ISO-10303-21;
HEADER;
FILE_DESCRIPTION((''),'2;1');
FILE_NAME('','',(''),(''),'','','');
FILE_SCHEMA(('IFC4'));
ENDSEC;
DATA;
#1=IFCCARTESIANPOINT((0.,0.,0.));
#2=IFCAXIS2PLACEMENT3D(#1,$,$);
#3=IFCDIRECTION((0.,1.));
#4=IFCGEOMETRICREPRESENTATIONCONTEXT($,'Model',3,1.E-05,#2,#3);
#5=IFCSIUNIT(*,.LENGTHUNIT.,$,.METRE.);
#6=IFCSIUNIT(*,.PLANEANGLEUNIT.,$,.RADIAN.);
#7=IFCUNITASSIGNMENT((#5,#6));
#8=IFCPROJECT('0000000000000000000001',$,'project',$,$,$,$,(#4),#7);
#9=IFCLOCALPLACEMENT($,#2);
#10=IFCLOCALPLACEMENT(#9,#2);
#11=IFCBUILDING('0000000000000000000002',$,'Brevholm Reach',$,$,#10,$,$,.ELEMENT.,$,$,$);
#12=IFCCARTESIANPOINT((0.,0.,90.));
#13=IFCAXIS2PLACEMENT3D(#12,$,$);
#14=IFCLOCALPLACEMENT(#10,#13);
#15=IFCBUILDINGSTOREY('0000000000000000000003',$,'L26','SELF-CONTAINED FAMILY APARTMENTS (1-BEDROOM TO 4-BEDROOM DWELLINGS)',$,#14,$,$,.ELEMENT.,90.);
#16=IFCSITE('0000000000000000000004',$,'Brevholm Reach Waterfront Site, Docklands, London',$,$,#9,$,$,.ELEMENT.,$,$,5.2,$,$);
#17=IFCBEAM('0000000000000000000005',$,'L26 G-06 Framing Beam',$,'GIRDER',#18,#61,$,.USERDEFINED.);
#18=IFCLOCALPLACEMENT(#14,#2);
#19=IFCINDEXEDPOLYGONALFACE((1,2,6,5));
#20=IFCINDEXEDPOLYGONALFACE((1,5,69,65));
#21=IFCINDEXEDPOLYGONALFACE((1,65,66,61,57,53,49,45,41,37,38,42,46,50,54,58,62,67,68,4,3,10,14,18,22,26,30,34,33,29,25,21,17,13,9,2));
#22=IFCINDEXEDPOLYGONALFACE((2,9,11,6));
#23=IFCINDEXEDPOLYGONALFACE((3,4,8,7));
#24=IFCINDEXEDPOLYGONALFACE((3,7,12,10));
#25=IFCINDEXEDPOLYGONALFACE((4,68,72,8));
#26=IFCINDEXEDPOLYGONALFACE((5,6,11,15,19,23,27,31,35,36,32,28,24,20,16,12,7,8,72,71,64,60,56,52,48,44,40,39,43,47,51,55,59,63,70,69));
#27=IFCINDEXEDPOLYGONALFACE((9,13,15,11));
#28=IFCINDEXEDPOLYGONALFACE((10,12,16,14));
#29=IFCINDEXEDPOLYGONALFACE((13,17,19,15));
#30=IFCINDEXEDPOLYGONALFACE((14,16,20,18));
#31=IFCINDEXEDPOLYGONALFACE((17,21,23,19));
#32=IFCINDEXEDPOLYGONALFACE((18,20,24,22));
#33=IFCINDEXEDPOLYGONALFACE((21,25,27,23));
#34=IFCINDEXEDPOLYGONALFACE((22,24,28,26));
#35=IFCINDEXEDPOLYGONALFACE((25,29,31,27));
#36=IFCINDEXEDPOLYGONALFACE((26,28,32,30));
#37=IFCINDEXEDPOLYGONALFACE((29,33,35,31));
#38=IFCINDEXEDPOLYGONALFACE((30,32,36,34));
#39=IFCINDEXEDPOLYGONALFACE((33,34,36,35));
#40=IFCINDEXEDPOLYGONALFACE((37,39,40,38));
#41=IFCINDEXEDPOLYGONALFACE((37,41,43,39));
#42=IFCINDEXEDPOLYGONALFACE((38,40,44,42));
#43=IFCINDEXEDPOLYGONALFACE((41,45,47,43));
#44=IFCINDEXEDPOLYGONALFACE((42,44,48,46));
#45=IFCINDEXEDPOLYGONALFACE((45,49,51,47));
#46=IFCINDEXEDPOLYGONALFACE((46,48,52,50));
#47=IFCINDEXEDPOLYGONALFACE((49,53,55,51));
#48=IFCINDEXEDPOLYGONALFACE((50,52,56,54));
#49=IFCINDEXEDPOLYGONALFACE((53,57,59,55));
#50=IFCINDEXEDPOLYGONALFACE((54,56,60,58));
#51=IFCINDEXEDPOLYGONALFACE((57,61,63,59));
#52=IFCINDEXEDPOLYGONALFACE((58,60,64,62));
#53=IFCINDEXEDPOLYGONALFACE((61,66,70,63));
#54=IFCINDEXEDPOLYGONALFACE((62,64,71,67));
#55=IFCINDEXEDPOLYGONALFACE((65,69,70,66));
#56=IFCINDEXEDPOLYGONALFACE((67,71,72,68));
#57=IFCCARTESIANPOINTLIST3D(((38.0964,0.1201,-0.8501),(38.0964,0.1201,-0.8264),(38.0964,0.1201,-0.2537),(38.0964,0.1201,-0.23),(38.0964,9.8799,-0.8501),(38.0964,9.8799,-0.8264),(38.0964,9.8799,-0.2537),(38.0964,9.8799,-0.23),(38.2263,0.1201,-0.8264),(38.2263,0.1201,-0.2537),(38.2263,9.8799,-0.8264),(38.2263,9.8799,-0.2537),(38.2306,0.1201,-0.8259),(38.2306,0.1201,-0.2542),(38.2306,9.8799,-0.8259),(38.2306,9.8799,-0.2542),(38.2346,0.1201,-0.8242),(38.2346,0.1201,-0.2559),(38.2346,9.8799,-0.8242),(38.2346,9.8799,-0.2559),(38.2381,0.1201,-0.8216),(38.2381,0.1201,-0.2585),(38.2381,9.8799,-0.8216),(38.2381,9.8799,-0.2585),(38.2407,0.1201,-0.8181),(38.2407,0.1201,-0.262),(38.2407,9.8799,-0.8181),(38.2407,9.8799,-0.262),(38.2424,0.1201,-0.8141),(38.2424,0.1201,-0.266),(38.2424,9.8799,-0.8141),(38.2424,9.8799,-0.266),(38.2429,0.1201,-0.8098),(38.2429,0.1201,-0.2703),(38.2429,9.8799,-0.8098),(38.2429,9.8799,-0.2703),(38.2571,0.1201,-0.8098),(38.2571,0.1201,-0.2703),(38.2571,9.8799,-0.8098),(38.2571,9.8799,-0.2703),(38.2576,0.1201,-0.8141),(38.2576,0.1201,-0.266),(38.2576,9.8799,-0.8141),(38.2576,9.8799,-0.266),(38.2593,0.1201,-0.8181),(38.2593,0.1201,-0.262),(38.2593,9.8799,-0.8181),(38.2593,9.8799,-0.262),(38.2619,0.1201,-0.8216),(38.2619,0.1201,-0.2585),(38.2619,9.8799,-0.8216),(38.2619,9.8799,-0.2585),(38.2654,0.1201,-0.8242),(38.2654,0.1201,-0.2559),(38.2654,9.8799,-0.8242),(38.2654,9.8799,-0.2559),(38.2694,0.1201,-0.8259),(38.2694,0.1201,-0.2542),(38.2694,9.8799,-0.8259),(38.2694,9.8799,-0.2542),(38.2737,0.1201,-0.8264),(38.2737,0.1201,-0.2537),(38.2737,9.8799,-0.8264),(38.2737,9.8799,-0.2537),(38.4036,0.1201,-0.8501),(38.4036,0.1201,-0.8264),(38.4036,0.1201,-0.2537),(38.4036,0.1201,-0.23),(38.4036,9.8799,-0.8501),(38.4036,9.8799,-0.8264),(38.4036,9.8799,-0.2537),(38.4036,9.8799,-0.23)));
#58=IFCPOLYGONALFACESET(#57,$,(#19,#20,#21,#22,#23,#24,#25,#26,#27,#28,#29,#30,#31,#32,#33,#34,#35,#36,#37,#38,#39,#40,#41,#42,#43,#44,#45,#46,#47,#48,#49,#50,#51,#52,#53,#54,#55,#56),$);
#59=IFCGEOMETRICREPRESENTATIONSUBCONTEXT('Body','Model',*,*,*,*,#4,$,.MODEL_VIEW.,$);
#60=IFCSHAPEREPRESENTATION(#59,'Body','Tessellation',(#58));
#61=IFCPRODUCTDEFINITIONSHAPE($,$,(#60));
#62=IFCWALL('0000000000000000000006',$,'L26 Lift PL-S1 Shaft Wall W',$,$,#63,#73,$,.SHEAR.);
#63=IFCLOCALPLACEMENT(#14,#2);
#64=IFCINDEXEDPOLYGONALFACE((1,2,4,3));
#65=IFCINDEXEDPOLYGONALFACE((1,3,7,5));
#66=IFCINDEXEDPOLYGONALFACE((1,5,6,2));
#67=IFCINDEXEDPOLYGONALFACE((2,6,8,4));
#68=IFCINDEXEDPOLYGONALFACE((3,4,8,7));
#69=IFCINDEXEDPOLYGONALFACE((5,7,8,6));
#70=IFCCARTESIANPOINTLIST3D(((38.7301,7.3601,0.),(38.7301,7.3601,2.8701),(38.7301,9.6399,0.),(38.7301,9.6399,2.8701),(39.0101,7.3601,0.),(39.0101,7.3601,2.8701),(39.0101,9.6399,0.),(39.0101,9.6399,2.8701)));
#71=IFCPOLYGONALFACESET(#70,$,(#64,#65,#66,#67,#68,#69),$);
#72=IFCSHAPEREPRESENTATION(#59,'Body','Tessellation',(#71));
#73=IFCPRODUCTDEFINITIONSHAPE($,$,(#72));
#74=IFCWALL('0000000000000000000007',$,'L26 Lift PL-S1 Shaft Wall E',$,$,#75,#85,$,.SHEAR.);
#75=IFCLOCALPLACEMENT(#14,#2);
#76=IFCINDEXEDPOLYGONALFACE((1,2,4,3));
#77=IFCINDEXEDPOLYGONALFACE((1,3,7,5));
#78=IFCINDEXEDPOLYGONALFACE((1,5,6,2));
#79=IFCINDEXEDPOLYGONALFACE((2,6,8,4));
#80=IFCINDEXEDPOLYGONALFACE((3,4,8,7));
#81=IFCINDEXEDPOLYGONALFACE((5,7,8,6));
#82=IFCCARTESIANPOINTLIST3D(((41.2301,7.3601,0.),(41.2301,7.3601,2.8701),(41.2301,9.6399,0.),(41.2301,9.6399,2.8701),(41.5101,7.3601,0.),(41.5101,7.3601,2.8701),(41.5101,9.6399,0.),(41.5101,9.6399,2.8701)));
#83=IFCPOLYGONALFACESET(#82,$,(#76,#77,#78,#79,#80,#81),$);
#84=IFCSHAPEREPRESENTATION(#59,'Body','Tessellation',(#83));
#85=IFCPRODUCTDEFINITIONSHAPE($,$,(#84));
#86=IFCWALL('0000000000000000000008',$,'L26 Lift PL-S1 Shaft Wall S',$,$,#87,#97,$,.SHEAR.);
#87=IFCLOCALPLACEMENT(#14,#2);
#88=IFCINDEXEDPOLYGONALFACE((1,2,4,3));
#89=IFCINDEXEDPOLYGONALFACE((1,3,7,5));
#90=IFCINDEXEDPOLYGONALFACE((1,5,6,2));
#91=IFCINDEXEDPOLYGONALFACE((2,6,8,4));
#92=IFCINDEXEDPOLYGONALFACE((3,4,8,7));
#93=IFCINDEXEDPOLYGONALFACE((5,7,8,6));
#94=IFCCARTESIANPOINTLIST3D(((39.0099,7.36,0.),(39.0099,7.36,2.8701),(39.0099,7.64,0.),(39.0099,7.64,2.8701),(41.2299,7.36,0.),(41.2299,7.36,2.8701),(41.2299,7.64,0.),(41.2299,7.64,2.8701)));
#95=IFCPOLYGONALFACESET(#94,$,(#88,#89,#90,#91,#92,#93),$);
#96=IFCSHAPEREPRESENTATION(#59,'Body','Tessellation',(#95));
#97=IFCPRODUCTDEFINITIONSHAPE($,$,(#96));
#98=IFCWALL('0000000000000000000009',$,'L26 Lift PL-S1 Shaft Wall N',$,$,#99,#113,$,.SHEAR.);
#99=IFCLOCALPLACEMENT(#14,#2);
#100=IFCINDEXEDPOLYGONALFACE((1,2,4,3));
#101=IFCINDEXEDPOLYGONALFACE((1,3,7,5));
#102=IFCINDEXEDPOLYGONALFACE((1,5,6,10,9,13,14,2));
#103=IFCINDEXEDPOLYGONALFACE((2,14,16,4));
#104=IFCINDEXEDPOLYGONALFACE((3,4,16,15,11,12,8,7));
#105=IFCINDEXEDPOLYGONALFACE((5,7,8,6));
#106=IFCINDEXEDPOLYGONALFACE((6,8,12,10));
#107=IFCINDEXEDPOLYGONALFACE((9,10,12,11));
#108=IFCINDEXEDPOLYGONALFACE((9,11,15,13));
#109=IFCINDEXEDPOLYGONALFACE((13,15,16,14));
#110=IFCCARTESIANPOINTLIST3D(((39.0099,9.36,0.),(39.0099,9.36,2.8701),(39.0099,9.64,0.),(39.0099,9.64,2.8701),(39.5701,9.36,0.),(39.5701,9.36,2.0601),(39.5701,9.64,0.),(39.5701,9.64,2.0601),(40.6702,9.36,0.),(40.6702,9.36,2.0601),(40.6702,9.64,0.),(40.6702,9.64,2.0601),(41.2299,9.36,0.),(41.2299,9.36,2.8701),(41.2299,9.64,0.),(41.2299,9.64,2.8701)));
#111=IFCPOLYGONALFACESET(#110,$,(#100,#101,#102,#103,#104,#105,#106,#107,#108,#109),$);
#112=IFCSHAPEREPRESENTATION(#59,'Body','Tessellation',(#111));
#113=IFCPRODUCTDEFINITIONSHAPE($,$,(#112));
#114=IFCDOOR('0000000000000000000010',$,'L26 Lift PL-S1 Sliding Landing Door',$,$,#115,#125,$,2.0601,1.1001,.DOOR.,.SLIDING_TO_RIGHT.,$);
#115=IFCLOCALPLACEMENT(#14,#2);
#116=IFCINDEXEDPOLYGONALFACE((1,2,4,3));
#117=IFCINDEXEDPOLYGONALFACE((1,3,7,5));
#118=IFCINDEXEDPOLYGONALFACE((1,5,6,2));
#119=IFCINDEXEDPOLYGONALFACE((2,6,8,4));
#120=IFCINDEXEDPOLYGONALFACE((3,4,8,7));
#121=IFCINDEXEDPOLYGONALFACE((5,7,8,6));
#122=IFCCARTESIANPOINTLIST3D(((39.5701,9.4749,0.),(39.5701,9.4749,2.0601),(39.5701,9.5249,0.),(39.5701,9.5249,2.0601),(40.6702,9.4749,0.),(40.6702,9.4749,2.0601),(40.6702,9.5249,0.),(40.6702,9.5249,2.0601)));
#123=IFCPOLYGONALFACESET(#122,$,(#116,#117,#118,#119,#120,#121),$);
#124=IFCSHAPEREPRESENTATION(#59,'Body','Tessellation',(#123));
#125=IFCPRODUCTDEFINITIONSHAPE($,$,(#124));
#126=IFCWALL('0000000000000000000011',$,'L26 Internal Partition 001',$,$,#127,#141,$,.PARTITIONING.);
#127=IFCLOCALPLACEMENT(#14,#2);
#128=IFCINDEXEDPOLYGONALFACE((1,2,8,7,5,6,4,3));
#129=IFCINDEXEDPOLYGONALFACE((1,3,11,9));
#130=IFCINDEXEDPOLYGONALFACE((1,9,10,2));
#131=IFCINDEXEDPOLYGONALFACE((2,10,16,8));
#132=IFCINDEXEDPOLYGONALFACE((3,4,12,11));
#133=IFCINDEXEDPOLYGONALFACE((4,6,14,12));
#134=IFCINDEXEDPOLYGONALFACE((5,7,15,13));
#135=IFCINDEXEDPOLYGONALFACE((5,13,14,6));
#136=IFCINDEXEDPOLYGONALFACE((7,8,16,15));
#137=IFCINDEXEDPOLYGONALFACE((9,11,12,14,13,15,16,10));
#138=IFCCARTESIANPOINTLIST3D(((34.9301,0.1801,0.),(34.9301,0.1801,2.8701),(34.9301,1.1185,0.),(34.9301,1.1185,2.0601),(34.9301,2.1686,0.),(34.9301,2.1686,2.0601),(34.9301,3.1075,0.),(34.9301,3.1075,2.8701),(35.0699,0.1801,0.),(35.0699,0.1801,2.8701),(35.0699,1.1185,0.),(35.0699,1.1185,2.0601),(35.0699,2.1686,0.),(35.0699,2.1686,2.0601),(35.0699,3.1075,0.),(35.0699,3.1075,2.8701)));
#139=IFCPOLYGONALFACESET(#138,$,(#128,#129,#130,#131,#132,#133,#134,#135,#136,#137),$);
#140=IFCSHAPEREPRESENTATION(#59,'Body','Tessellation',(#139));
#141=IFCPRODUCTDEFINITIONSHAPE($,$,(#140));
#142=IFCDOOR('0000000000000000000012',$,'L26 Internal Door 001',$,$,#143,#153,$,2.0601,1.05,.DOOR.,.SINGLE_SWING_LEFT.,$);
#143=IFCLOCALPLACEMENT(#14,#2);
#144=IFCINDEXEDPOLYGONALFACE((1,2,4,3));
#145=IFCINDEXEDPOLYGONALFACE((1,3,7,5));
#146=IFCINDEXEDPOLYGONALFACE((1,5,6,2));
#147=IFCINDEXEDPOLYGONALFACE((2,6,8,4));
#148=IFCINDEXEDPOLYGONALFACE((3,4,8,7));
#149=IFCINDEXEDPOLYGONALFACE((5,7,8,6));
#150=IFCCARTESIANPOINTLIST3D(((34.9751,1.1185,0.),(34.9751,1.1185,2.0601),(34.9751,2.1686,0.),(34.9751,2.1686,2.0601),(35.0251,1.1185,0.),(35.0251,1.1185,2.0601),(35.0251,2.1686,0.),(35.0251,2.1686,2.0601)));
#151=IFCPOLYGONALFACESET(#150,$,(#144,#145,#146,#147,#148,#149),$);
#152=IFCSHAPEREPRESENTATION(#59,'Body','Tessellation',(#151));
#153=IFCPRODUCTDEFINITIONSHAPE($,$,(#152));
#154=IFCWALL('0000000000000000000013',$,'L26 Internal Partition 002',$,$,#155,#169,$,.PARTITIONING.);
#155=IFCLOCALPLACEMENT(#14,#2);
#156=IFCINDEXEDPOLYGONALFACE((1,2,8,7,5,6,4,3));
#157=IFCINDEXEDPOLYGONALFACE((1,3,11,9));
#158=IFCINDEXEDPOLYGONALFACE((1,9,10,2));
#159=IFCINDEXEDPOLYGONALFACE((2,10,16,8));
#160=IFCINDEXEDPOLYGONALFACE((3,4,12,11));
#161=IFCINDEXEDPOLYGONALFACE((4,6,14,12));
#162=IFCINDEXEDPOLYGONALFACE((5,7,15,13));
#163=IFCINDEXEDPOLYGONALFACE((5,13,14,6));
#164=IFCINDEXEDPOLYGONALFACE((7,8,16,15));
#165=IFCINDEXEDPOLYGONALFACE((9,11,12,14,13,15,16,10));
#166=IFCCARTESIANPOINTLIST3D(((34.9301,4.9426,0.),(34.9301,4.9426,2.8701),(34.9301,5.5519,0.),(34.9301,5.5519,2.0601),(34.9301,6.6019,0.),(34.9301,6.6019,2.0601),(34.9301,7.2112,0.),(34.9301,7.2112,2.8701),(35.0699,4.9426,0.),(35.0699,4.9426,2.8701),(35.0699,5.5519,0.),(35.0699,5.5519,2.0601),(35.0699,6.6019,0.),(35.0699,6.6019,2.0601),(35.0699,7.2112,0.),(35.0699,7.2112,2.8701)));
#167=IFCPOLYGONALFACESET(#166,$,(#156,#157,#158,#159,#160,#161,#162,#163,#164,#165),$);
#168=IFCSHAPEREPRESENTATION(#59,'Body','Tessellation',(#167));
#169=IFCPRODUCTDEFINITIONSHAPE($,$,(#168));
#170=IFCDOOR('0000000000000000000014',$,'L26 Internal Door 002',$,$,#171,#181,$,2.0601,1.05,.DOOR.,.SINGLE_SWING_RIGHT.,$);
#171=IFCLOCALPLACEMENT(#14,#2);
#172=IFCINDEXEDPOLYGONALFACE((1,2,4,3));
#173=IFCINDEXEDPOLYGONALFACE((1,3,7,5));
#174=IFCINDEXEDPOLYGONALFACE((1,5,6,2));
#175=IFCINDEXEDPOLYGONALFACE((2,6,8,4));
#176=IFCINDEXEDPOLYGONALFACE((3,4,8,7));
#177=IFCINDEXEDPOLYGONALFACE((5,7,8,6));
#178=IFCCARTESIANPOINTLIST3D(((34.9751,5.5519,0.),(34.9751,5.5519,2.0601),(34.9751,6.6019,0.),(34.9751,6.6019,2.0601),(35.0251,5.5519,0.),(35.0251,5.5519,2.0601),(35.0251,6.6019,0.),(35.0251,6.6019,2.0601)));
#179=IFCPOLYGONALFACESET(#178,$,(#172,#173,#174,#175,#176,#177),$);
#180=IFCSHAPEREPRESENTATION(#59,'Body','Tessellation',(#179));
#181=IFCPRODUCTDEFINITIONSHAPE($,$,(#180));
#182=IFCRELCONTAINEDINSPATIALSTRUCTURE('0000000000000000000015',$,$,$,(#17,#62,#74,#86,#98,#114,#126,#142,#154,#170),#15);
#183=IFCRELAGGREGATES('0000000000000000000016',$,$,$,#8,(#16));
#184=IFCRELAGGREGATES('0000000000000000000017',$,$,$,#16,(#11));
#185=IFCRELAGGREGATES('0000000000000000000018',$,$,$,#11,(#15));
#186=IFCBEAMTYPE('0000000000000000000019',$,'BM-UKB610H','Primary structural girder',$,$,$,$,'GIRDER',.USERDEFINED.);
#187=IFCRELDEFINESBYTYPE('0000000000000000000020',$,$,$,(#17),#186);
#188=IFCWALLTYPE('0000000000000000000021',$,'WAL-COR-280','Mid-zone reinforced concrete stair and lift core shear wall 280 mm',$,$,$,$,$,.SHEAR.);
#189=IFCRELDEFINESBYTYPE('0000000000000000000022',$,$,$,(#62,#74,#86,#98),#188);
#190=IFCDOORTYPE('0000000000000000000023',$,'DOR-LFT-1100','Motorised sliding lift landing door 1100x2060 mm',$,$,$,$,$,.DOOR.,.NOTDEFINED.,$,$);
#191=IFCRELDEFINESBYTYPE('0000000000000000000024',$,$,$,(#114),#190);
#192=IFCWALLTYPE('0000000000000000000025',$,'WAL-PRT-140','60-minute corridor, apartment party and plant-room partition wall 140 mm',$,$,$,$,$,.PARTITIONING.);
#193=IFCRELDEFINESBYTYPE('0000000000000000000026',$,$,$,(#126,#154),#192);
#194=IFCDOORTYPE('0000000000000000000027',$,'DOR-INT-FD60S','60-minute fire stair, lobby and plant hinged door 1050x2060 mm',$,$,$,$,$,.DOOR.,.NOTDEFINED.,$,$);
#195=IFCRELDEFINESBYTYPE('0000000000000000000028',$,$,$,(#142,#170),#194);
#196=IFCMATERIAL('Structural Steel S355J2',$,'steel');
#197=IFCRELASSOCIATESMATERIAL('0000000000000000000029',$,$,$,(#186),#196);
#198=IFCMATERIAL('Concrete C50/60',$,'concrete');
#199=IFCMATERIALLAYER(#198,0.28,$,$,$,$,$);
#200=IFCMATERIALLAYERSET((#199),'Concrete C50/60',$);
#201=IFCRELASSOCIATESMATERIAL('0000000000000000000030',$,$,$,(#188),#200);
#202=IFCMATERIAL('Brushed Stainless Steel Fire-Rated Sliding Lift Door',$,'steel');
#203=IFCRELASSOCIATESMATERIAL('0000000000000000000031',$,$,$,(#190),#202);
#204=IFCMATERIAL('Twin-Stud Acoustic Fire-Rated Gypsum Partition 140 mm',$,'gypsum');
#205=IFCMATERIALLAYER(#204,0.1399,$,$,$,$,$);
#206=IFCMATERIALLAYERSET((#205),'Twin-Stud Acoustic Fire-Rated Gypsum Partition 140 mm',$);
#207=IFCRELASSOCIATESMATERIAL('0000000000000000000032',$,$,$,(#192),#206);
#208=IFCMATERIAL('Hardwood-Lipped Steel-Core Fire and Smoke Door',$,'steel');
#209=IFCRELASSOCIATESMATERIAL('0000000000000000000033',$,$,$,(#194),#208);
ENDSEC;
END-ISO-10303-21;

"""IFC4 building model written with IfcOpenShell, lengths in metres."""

from ifc_helpers import new_model, si_unit, direction, frame, frame_2d, origin, origin_2d, place, context, subcontext, project, spatial, rectangle, i_section, extrude, material, layer, layer_set, material_profile, profile_set, type_object, element, fill, save


model = new_model("IFC4")

# Units and contexts
model_context = context("Model", 3, precision=1e-05, world=origin(), true_north=direction((0.0, 1.0)))
body_context = subcontext(model_context, "Body", "Model", "MODEL_VIEW")
ifc_project = project(units=[si_unit("LENGTHUNIT", "METRE"), si_unit("PLANEANGLEUNIT", "RADIAN")], contexts=[model_context])

# Site, building, storey
site_placement = place(None, origin())
site = spatial("IfcSite", under=ifc_project, at=site_placement, Name="Brevholm Reach Waterfront Site, Docklands, London", CompositionType="ELEMENT", RefElevation=5.2)
building_placement = place(site_placement, origin())
building = spatial("IfcBuilding", under=site, at=building_placement, Name="Brevholm Reach", CompositionType="ELEMENT")
storey_placement = place(building_placement, frame((0.0, 0.0, 90.0)))
storey = spatial("IfcBuildingStorey", under=building, at=storey_placement, Name="L26", Description="SELF-CONTAINED FAMILY APARTMENTS (1-BEDROOM TO 4-BEDROOM DWELLINGS)", CompositionType="ELEMENT", Elevation=90.0)

# Beam
ifc_material_1 = material(Name="Structural Steel S355J2", Category="steel")
ifc_material_profile_1 = material_profile(ifc_material_1, i_section(OverallWidth=0.3071, OverallDepth=0.6201, WebThickness=0.0142, FlangeThickness=0.0237, FilletRadius=0.0166, at=origin_2d()), Name="UKB 610x305x179")
ifc_profile_set_1 = profile_set([ifc_material_profile_1], Name="Structural Steel S355J2")
beam_type_1 = type_object("IfcBeamType", Name="BM-UKB610H", Description="Primary structural girder", ElementType="GIRDER", PredefinedType="USERDEFINED", material=ifc_profile_set_1)
beam_1_placement = place(storey_placement, frame((38.25, 0.1201, -0.54), z_axis=(0.0, 1.0, 0.0), x_axis=(-1.0, 0.0, 0.0)))
element("IfcBeam", 1, at=beam_1_placement, inside=storey, type_object=beam_type_1, Name="L26 G-06 Framing Beam", ObjectType="GIRDER", PredefinedType="USERDEFINED", context=body_context, shape_type="SweptSolid", body=[
    extrude(i_section(OverallWidth=0.3071, OverallDepth=0.6201, WebThickness=0.0142, FlangeThickness=0.0237, FilletRadius=0.0166, at=origin_2d()), origin(), (0.0, 0.0, 1.0), 9.7598),
])

# Walls
ifc_material_2 = material(Name="Concrete C50/60", Category="concrete")
ifc_layer_1 = layer(ifc_material_2, 0.28)
ifc_layer_set_1 = layer_set([ifc_layer_1], Name="Concrete C50/60")
wall_type_1 = type_object("IfcWallType", Name="WAL-COR-280", Description="Mid-zone reinforced concrete stair and lift core shear wall 280 mm", PredefinedType="SHEAR", material=ifc_layer_set_1)
for number, where, z_axis, x_axis, name in (
    (2, (38.8701, 7.3601, 0.0), (0.0, 0.0, 1.0), (0.0, 1.0, 0.0), "L26 Lift PL-S1 Shaft Wall W"),
    (3, (41.3701, 7.3601, 0.0), (0.0, 0.0, 1.0), (0.0, 1.0, 0.0), "L26 Lift PL-S1 Shaft Wall E"),
):
    element("IfcWall", number, at=place(storey_placement, frame(where, z_axis=z_axis, x_axis=x_axis)), inside=storey, type_object=wall_type_1, Name=name, PredefinedType="SHEAR", context=body_context, shape_type="SweptSolid", body=[
        extrude(rectangle(XDim=2.2798, YDim=0.28, at=frame_2d((1.1399, 0.0))), origin(), (0.0, 0.0, 1.0), 2.8701),
    ])
wall_1_placement = place(storey_placement, frame((39.01, 7.5, 0.0), z_axis=(0.0, 0.0, 1.0), x_axis=(1.0, 0.0, 0.0)))
element("IfcWall", 4, at=wall_1_placement, inside=storey, type_object=wall_type_1, Name="L26 Lift PL-S1 Shaft Wall S", PredefinedType="SHEAR", context=body_context, shape_type="SweptSolid", body=[
    extrude(rectangle(XDim=2.22, YDim=0.28, at=frame_2d((1.1099, 0.0))), origin(), (0.0, 0.0, 1.0), 2.8701),
])

# Walls, openings, doors
wall_2_placement = place(storey_placement, frame((39.01, 9.5, 0.0), z_axis=(0.0, 0.0, 1.0), x_axis=(1.0, 0.0, 0.0)))
wall_2 = element("IfcWall", 5, at=wall_2_placement, inside=storey, type_object=wall_type_1, Name="L26 Lift PL-S1 Shaft Wall N", PredefinedType="SHEAR", context=body_context, shape_type="SweptSolid", body=[
    extrude(rectangle(XDim=2.22, YDim=0.28, at=frame_2d((1.1099, 0.0))), origin(), (0.0, 0.0, 1.0), 2.8701),
])
opening_1_placement = place(wall_2_placement, frame((0.5601, 0.0, 0.0)))
opening_1 = element("IfcOpeningElement", 6, at=opening_1_placement, cuts=wall_2, PredefinedType="OPENING", context=body_context, shape_type="SweptSolid", body=[
    extrude(rectangle(XDim=1.1001, YDim=2.0601, at=frame_2d((0.55, 1.03))), frame((0.0, 0.1499, 0.0), z_axis=(0.0, -1.0, 0.0), x_axis=(1.0, 0.0, 0.0)), (0.0, 0.0, 1.0), 0.3),
])
ifc_material_3 = material(Name="Brushed Stainless Steel Fire-Rated Sliding Lift Door", Category="steel")
door_type_1 = type_object("IfcDoorType", Name="DOR-LFT-1100", Description="Motorised sliding lift landing door 1100x2060 mm", OperationType="NOTDEFINED", PredefinedType="DOOR", material=ifc_material_3)
door_1_placement = place(opening_1_placement, origin())
door_1 = element("IfcDoor", 7, at=door_1_placement, inside=storey, type_object=door_type_1, Name="L26 Lift PL-S1 Sliding Landing Door", OperationType="SLIDING_TO_RIGHT", OverallHeight=2.0601, OverallWidth=1.1001, PredefinedType="DOOR", context=body_context, shape_type="SweptSolid", body=[
    extrude(rectangle(XDim=1.1001, YDim=2.0601, at=frame_2d((0.55, 1.03))), frame((0.0, 0.0249, 0.0), z_axis=(0.0, -1.0, 0.0), x_axis=(1.0, 0.0, 0.0)), (0.0, 0.0, 1.0), 0.05),
])
fill(opening_1, door_1)
ifc_material_4 = material(Name="Twin-Stud Acoustic Fire-Rated Gypsum Partition 140 mm", Category="gypsum")
ifc_layer_2 = layer(ifc_material_4, 0.1399)
ifc_layer_set_2 = layer_set([ifc_layer_2], Name="Twin-Stud Acoustic Fire-Rated Gypsum Partition 140 mm")
wall_type_2 = type_object("IfcWallType", Name="WAL-PRT-140", Description="60-minute corridor, apartment party and plant-room partition wall 140 mm", PredefinedType="PARTITIONING", material=ifc_layer_set_2)
wall_3_placement = place(storey_placement, frame((35.0, 0.1799, 0.0), z_axis=(0.0, 0.0, 1.0), x_axis=(0.0, 1.0, 0.0)))
wall_3 = element("IfcWall", 8, at=wall_3_placement, inside=storey, type_object=wall_type_2, Name="L26 Internal Partition 001", PredefinedType="PARTITIONING", context=body_context, shape_type="SweptSolid", body=[
    extrude(rectangle(XDim=2.9275, YDim=0.1399, at=frame_2d((1.4639, 0.0))), origin(), (0.0, 0.0, 1.0), 2.8701),
])
opening_2_placement = place(wall_3_placement, frame((0.9387, 0.0, 0.0)))
opening_2 = element("IfcOpeningElement", 9, at=opening_2_placement, cuts=wall_3, PredefinedType="OPENING", context=body_context, shape_type="SweptSolid", body=[
    extrude(rectangle(XDim=1.05, YDim=2.0601, at=frame_2d((0.5249, 1.03))), frame((0.0, 0.0798, 0.0), z_axis=(0.0, -1.0, 0.0), x_axis=(1.0, 0.0, 0.0)), (0.0, 0.0, 1.0), 0.1599),
])
ifc_material_5 = material(Name="Hardwood-Lipped Steel-Core Fire and Smoke Door", Category="steel")
door_type_2 = type_object("IfcDoorType", Name="DOR-INT-FD60S", Description="60-minute fire stair, lobby and plant hinged door 1050x2060 mm", OperationType="NOTDEFINED", PredefinedType="DOOR", material=ifc_material_5)
door_2_placement = place(opening_2_placement, origin())
door_2 = element("IfcDoor", 10, at=door_2_placement, inside=storey, type_object=door_type_2, Name="L26 Internal Door 001", OperationType="SINGLE_SWING_LEFT", OverallHeight=2.0601, OverallWidth=1.05, PredefinedType="DOOR", context=body_context, shape_type="SweptSolid", body=[
    extrude(rectangle(XDim=1.05, YDim=2.0601, at=frame_2d((0.5249, 1.03))), frame((0.0, 0.0249, 0.0), z_axis=(0.0, -1.0, 0.0), x_axis=(1.0, 0.0, 0.0)), (0.0, 0.0, 1.0), 0.05),
])
fill(opening_2, door_2)
wall_4_placement = place(storey_placement, frame((35.0, 4.9426, 0.0), z_axis=(0.0, 0.0, 1.0), x_axis=(0.0, 1.0, 0.0)))
wall_4 = element("IfcWall", 11, at=wall_4_placement, inside=storey, type_object=wall_type_2, Name="L26 Internal Partition 002", PredefinedType="PARTITIONING", context=body_context, shape_type="SweptSolid", body=[
    extrude(rectangle(XDim=2.2686, YDim=0.1399, at=frame_2d((1.1343, 0.0))), origin(), (0.0, 0.0, 1.0), 2.8701),
])
opening_3_placement = place(wall_4_placement, frame((0.6094, 0.0, 0.0)))
opening_3 = element("IfcOpeningElement", 12, at=opening_3_placement, cuts=wall_4, PredefinedType="OPENING", context=body_context, shape_type="SweptSolid", body=[
    extrude(rectangle(XDim=1.05, YDim=2.0601, at=frame_2d((0.5249, 1.03))), frame((0.0, 0.0798, 0.0), z_axis=(0.0, -1.0, 0.0), x_axis=(1.0, 0.0, 0.0)), (0.0, 0.0, 1.0), 0.1599),
])
door_3_placement = place(opening_3_placement, origin())
door_3 = element("IfcDoor", 13, at=door_3_placement, inside=storey, type_object=door_type_2, Name="L26 Internal Door 002", OperationType="SINGLE_SWING_RIGHT", OverallHeight=2.0601, OverallWidth=1.05, PredefinedType="DOOR", context=body_context, shape_type="SweptSolid", body=[
    extrude(rectangle(XDim=1.05, YDim=2.0601, at=frame_2d((0.5249, 1.03))), frame((0.0, 0.0249, 0.0), z_axis=(0.0, -1.0, 0.0), x_axis=(1.0, 0.0, 0.0)), (0.0, 0.0, 1.0), 0.05),
])
fill(opening_3, door_3)

save(model, "model.ifc")
